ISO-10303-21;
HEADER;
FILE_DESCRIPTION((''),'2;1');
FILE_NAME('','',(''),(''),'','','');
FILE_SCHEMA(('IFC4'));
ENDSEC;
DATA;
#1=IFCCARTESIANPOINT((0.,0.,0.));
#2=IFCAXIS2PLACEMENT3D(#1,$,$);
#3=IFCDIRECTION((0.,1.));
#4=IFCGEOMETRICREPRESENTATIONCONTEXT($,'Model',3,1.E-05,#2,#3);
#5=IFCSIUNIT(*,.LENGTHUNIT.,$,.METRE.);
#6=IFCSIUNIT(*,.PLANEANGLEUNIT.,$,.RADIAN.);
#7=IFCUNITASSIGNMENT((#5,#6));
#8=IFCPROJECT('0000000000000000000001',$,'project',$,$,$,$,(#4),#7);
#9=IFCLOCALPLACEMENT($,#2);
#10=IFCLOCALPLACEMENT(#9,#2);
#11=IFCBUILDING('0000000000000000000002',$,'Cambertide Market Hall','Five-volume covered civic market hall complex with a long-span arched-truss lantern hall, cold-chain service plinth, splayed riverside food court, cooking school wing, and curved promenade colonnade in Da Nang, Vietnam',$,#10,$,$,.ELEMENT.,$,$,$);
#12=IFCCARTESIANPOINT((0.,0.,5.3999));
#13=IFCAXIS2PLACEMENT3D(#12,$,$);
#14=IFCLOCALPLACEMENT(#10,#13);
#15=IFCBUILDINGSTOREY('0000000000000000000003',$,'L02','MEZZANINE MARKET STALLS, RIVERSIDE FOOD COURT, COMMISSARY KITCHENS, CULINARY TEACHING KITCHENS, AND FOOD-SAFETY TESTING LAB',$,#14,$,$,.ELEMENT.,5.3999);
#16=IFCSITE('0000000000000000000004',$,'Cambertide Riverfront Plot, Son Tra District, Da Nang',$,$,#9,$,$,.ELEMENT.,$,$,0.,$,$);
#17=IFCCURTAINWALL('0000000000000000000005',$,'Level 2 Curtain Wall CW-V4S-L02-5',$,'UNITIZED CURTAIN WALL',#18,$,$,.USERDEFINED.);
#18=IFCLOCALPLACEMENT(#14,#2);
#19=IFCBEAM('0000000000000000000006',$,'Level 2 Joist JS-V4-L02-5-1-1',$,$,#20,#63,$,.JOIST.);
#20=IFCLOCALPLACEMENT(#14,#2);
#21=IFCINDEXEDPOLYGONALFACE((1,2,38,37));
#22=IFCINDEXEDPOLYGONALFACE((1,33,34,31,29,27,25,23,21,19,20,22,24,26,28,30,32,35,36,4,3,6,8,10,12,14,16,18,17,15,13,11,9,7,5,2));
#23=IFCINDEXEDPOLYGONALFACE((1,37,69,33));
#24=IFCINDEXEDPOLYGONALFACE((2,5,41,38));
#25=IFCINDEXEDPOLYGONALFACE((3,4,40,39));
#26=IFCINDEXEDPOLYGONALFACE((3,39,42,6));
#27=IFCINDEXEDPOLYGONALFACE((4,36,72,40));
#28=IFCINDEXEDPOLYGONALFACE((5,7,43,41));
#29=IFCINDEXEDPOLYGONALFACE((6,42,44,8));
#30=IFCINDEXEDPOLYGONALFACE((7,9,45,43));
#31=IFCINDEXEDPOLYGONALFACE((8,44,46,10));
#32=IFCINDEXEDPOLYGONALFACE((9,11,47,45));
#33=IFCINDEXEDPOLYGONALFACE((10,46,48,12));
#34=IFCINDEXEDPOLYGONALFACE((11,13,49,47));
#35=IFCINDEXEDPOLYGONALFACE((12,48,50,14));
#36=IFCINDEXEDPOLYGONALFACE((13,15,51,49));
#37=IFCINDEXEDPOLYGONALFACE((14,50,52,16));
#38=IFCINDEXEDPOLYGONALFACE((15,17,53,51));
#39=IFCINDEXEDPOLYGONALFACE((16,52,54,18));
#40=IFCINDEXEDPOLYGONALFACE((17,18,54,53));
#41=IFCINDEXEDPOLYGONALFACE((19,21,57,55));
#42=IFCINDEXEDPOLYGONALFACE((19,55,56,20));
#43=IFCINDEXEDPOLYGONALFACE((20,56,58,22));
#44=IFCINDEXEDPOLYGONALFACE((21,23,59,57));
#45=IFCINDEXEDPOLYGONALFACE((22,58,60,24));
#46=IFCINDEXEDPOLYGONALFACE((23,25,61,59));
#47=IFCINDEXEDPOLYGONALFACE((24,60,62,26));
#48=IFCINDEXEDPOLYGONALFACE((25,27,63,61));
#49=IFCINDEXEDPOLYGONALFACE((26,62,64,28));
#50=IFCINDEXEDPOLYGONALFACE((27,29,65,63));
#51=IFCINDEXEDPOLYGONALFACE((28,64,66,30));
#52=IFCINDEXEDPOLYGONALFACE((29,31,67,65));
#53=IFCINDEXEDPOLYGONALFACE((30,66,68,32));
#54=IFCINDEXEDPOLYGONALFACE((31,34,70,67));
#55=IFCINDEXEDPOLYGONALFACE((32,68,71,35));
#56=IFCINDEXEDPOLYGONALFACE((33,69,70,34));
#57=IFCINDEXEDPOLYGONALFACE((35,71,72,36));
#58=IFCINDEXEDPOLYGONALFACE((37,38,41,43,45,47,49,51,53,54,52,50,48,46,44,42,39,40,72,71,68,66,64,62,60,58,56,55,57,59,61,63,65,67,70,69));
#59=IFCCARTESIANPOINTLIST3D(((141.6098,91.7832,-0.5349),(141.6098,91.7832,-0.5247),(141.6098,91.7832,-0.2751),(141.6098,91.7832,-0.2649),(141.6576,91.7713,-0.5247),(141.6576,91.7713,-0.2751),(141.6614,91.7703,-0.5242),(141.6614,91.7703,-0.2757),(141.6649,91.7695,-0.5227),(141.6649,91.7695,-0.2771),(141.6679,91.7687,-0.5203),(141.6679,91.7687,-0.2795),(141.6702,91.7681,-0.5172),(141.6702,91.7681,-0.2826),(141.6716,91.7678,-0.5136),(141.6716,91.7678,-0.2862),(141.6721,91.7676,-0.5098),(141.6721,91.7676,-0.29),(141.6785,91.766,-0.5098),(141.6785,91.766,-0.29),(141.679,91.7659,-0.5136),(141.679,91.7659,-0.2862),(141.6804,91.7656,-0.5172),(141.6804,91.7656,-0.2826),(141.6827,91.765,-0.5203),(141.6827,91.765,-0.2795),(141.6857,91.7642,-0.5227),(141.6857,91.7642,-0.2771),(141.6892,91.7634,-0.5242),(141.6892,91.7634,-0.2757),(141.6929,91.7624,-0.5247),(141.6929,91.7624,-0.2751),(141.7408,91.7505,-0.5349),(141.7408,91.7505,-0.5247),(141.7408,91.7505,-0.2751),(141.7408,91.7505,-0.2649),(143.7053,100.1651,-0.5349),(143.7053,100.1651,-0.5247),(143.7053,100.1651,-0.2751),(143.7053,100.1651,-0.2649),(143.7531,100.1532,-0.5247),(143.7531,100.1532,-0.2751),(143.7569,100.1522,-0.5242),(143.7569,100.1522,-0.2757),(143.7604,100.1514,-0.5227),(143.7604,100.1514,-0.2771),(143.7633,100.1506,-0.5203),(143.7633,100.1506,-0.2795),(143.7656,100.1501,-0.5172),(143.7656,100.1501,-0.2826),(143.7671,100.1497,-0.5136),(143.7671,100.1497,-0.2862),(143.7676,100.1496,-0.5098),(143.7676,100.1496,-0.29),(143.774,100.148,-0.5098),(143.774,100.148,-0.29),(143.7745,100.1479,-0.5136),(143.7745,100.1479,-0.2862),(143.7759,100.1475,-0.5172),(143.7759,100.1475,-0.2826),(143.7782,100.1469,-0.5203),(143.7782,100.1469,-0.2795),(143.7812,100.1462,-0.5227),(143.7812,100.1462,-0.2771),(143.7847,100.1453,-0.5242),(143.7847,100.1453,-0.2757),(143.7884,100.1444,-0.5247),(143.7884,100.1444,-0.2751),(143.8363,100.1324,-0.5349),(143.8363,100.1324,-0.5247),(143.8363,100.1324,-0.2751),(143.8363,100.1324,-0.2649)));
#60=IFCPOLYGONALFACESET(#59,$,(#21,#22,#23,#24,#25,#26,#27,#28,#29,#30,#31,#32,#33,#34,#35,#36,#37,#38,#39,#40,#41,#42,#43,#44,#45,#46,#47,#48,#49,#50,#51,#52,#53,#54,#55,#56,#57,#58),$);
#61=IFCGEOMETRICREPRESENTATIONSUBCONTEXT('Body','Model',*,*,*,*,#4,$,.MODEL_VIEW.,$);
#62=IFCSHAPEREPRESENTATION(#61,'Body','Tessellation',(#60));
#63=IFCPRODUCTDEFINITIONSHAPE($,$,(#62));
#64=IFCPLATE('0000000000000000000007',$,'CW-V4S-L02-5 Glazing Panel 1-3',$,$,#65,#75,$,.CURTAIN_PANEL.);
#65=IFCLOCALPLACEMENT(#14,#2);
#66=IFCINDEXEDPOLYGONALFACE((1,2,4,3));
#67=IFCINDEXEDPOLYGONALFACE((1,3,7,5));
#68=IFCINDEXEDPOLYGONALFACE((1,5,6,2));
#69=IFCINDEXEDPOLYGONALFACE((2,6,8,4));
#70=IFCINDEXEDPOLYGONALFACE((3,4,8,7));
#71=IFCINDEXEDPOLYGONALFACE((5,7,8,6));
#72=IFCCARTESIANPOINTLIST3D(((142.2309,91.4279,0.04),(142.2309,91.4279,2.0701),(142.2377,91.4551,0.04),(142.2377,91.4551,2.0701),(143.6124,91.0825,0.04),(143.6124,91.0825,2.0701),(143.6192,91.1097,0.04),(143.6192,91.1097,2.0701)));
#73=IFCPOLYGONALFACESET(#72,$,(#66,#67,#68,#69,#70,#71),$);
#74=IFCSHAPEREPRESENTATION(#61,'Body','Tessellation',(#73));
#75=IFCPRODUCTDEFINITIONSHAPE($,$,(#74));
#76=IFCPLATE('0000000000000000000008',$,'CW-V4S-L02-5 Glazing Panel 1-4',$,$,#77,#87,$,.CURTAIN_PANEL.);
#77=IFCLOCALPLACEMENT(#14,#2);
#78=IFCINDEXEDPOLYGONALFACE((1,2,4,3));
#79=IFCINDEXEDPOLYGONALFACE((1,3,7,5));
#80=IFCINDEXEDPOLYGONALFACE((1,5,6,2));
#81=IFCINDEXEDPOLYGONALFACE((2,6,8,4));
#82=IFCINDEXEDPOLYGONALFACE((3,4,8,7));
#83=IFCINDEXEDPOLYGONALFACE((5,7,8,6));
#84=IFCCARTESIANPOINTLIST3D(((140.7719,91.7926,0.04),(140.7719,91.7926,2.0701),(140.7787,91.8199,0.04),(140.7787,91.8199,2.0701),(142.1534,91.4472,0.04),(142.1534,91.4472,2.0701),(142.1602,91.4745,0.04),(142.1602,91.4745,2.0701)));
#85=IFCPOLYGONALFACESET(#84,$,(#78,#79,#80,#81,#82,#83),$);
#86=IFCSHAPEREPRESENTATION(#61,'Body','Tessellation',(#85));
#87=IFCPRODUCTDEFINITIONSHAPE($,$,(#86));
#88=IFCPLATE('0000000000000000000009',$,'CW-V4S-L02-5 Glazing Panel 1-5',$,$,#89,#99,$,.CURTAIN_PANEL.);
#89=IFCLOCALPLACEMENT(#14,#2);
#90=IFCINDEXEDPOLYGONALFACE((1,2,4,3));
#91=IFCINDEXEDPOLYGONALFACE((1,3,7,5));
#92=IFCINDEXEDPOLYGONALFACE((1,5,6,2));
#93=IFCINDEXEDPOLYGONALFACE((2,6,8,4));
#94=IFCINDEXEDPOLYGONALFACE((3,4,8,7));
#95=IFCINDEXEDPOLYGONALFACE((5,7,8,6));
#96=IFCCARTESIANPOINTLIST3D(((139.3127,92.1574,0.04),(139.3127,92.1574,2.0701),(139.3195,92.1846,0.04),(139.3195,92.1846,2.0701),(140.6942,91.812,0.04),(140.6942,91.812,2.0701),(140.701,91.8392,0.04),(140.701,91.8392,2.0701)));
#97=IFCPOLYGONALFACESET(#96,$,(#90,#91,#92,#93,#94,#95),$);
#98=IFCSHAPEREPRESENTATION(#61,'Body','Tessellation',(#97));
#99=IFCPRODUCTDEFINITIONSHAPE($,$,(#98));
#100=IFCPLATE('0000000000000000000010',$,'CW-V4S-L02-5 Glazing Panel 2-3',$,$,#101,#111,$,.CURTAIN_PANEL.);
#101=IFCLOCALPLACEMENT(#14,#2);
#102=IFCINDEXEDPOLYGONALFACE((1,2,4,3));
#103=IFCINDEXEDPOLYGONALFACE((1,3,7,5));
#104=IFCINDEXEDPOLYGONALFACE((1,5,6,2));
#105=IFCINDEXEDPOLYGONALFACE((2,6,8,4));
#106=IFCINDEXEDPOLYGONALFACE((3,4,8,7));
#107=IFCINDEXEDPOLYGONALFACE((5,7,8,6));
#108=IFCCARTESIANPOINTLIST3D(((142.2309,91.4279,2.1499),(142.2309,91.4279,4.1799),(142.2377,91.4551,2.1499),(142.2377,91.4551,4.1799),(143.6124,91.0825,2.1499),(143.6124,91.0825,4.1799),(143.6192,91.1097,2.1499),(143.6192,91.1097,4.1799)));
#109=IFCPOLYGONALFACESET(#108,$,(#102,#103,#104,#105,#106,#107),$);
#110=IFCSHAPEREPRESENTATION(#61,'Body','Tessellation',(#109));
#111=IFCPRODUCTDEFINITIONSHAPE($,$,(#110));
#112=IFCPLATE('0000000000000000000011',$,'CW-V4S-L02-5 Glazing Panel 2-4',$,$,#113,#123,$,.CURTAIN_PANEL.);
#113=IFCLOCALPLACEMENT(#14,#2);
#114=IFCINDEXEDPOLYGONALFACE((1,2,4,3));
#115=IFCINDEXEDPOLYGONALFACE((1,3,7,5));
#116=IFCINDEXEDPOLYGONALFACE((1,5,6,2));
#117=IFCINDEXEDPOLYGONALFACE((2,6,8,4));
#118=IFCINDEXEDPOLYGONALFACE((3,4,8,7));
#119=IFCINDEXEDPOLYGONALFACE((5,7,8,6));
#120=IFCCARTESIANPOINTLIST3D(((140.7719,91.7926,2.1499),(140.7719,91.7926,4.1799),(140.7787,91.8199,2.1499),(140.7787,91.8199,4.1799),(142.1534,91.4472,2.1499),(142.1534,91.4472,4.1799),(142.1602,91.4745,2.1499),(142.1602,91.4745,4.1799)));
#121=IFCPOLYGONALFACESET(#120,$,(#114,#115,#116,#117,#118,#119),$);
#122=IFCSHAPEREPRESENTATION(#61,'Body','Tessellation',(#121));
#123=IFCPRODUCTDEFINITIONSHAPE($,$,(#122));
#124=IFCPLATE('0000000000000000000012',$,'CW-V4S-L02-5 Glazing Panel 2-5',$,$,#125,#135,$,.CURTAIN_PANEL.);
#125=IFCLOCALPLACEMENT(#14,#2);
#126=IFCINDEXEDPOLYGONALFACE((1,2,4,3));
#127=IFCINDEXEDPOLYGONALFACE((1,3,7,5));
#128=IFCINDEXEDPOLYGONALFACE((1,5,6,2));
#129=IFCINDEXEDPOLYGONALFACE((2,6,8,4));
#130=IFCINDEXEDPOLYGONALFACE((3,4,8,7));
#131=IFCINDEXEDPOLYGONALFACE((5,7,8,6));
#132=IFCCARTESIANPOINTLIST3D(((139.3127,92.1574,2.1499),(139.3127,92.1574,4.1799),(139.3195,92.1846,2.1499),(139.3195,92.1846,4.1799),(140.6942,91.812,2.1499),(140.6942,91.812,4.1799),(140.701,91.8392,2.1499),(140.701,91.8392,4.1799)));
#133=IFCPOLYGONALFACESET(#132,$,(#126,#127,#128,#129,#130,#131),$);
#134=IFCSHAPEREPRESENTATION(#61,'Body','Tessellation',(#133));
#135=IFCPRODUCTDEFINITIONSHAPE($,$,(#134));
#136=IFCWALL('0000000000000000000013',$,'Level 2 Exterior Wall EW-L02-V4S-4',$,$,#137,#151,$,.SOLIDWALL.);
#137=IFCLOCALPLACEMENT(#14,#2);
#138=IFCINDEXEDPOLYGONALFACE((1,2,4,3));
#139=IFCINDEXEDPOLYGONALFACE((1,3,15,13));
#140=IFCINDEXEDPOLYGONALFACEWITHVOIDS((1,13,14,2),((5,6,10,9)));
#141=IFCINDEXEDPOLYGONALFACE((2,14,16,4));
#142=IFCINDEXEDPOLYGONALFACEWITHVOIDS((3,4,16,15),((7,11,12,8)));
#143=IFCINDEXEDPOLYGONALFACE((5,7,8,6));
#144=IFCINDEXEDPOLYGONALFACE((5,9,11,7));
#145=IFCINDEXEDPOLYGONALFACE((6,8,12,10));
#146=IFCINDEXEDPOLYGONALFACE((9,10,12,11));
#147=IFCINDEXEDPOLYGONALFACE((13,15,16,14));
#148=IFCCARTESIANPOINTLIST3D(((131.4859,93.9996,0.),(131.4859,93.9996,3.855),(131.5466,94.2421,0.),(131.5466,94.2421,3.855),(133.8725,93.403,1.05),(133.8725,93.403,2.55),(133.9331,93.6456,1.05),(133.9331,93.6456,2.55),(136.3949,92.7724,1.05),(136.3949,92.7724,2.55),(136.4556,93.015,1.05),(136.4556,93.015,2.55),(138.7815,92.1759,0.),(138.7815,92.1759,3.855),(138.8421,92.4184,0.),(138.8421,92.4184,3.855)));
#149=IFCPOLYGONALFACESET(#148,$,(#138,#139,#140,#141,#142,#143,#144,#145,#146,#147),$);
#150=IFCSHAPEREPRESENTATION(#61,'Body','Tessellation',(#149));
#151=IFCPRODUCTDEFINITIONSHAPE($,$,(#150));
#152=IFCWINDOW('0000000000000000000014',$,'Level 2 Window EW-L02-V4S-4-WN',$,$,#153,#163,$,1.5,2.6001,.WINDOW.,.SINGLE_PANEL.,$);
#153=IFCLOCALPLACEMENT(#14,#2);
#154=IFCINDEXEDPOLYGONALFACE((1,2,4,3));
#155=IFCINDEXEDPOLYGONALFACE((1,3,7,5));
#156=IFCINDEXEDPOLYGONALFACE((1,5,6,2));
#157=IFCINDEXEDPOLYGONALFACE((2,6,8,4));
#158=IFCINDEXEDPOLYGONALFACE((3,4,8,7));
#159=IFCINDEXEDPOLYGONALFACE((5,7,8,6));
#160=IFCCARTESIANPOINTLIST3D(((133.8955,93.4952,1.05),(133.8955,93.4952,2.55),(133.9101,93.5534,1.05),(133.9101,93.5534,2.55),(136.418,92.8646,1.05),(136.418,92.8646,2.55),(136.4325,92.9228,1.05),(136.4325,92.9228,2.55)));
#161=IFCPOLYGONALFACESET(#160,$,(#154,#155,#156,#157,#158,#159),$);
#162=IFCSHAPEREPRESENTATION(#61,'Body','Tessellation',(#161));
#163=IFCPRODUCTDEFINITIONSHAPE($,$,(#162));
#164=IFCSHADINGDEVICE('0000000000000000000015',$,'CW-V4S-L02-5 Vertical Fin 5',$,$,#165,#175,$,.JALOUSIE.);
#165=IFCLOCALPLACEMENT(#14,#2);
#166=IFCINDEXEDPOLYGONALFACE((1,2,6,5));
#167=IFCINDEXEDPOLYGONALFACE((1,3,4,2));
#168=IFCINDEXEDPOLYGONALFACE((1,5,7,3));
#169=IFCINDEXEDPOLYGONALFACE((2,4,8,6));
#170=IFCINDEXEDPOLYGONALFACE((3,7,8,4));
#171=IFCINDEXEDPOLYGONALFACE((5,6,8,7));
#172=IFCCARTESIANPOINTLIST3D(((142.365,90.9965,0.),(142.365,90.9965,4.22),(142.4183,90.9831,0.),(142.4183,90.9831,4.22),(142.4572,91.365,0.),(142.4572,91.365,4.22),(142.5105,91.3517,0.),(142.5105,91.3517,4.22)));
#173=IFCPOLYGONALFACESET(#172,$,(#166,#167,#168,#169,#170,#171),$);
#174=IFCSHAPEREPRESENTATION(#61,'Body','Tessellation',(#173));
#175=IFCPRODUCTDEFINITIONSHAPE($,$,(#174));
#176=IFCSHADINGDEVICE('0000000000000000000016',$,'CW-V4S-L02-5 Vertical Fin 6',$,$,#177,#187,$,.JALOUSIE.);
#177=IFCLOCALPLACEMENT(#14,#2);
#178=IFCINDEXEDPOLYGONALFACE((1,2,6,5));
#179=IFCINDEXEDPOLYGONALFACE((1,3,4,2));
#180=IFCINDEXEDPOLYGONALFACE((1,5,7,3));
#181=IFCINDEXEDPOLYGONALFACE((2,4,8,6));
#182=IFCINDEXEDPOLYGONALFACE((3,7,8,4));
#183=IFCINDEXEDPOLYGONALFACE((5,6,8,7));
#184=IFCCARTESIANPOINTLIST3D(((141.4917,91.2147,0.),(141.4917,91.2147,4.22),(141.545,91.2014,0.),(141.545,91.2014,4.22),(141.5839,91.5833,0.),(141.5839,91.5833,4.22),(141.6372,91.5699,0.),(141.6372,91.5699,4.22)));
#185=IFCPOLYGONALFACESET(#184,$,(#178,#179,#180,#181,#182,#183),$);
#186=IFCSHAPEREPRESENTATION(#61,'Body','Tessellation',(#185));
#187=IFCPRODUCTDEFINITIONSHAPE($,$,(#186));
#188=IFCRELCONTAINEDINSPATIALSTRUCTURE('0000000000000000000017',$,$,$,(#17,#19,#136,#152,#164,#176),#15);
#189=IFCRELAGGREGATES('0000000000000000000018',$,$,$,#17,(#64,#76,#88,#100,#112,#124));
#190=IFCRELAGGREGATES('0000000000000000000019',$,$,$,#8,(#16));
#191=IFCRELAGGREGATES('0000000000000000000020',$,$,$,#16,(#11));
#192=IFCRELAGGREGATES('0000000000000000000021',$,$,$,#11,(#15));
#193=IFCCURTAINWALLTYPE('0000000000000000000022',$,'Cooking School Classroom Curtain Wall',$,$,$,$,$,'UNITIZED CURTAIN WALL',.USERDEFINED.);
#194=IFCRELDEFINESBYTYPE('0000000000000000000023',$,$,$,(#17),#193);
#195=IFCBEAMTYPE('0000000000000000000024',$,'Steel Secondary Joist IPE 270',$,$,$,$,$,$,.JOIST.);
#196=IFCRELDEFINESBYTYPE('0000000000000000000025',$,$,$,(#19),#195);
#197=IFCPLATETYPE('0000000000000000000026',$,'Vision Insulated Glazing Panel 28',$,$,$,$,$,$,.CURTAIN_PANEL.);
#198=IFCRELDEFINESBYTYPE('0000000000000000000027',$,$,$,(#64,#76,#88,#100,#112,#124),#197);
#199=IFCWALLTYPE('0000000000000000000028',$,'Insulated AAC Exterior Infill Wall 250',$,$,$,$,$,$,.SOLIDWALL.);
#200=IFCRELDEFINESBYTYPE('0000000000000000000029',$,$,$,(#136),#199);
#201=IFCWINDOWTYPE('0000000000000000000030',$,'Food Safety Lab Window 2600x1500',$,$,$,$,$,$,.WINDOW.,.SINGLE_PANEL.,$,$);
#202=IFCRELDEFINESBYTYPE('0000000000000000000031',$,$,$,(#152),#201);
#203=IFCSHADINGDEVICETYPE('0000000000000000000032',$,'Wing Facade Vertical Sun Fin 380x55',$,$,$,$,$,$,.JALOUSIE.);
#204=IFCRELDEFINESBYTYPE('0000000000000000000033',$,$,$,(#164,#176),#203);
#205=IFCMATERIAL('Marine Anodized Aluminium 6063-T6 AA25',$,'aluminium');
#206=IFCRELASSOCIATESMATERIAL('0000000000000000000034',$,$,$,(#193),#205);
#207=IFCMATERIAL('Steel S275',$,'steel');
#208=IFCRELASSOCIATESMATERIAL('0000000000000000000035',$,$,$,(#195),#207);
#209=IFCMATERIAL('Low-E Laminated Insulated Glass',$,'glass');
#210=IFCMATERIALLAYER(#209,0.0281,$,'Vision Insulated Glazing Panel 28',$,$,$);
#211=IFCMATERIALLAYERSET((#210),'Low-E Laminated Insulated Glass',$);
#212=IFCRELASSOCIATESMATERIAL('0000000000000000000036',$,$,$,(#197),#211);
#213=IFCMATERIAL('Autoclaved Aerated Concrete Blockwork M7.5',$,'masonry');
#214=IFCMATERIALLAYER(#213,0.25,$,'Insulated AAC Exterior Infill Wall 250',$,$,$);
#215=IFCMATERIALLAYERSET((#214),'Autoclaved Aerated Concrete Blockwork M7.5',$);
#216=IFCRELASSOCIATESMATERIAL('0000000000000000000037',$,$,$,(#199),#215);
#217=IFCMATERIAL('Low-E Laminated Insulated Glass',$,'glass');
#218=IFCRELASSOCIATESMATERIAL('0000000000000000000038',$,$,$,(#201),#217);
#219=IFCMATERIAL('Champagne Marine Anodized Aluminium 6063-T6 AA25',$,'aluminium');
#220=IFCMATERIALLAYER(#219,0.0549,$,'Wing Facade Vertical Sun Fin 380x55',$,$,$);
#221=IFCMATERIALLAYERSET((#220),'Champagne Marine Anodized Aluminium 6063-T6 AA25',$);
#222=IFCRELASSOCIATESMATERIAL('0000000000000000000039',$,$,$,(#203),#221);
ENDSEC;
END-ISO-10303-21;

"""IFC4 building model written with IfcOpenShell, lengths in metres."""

from ifc_helpers import new_model, si_unit, direction, frame, frame_2d, origin, origin_2d, place, context, subcontext, project, spatial, rectangle, i_section, extrude, material, layer, layer_set, material_profile, profile_set, type_object, element, fill, aggregate, save


model = new_model("IFC4")

# Units and contexts
model_context = context("Model", 3, precision=1e-05, world=origin(), true_north=direction((0.0, 1.0)))
body_context = subcontext(model_context, "Body", "Model", "MODEL_VIEW")
ifc_project = project(units=[si_unit("LENGTHUNIT", "METRE"), si_unit("PLANEANGLEUNIT", "RADIAN")], contexts=[model_context])

# Site, building, storey
site_placement = place(None, origin())
site = spatial("IfcSite", under=ifc_project, at=site_placement, Name="Cambertide Riverfront Plot, Son Tra District, Da Nang", CompositionType="ELEMENT", RefElevation=0.0)
building_placement = place(site_placement, origin())
building = spatial("IfcBuilding", under=site, at=building_placement, Name="Cambertide Market Hall", Description="Five-volume covered civic market hall complex with a long-span arched-truss lantern hall, cold-chain service plinth, splayed riverside food court, cooking school wing, and curved promenade colonnade in Da Nang, Vietnam", CompositionType="ELEMENT")
storey_placement = place(building_placement, frame((0.0, 0.0, 5.3999)))
storey = spatial("IfcBuildingStorey", under=building, at=storey_placement, Name="L02", Description="MEZZANINE MARKET STALLS, RIVERSIDE FOOD COURT, COMMISSARY KITCHENS, CULINARY TEACHING KITCHENS, AND FOOD-SAFETY TESTING LAB", CompositionType="ELEMENT", Elevation=5.3999)

# Curtain wall
ifc_material_1 = material(Name="Marine Anodized Aluminium 6063-T6 AA25", Category="aluminium")
curtain_wall_type = type_object("IfcCurtainWallType", Name="Cooking School Classroom Curtain Wall", ElementType="UNITIZED CURTAIN WALL", PredefinedType="USERDEFINED", material=ifc_material_1)
curtain_wall_placement = place(storey_placement, origin())
curtain_wall = element("IfcCurtainWall", 1, at=curtain_wall_placement, inside=storey, type_object=curtain_wall_type, Name="Level 2 Curtain Wall CW-V4S-L02-5", ObjectType="UNITIZED CURTAIN WALL", PredefinedType="USERDEFINED")

# Beam
ifc_material_2 = material(Name="Steel S275", Category="steel")
ifc_material_profile_1 = material_profile(ifc_material_2, i_section(OverallWidth=0.135, OverallDepth=0.27, WebThickness=0.0066, FlangeThickness=0.0103, FilletRadius=0.0149, at=origin_2d()), Name="IPE 270")
ifc_profile_set_1 = profile_set([ifc_material_profile_1], Name="Steel S275")
beam_type_1 = type_object("IfcBeamType", Name="Steel Secondary Joist IPE 270", PredefinedType="JOIST", material=ifc_profile_set_1)
beam_1_placement = place(storey_placement, frame((141.6753, 91.7668, -0.3999), z_axis=(0.242536, 0.970143, 0.0), x_axis=(-0.970143, 0.242536, 0.0)))
element("IfcBeam", 2, at=beam_1_placement, inside=storey, type_object=beam_type_1, Name="Level 2 Joist JS-V4-L02-5-1-1", PredefinedType="JOIST", context=body_context, shape_type="SweptSolid", body=[
    extrude(i_section(OverallWidth=0.135, OverallDepth=0.27, WebThickness=0.0066, FlangeThickness=0.0103, FilletRadius=0.0149, at=origin_2d()), origin(), (0.0, 0.0, 1.0), 8.6399),
])

# Plates
ifc_material_3 = material(Name="Low-E Laminated Insulated Glass", Category="glass")
ifc_layer_1 = layer(ifc_material_3, 0.0281, Name="Vision Insulated Glazing Panel 28")
ifc_layer_set_1 = layer_set([ifc_layer_1], Name="Low-E Laminated Insulated Glass")
plate_type = type_object("IfcPlateType", Name="Vision Insulated Glazing Panel 28", PredefinedType="CURTAIN_PANEL", material=ifc_layer_set_1)
plate_1_placement = place(storey_placement, frame((142.925, 91.2688, 0.04), z_axis=(0.0, 0.0, 1.0), x_axis=(-0.970143, 0.242535, 0.0)))
plate_1 = element("IfcPlate", 3, at=plate_1_placement, type_object=plate_type, Name="CW-V4S-L02-5 Glazing Panel 1-3", PredefinedType="CURTAIN_PANEL", context=body_context, shape_type="SweptSolid", body=[
    extrude(rectangle(XDim=1.4241, YDim=0.0281, at=origin_2d()), origin(), (0.0, 0.0, 1.0), 2.03),
])
plate_2_placement = place(storey_placement, frame((141.4661, 91.6335, 0.04), z_axis=(0.0, 0.0, 1.0), x_axis=(-0.970143, 0.242535, 0.0)))
plate_2 = element("IfcPlate", 4, at=plate_2_placement, type_object=plate_type, Name="CW-V4S-L02-5 Glazing Panel 1-4", PredefinedType="CURTAIN_PANEL", context=body_context, shape_type="SweptSolid", body=[
    extrude(rectangle(XDim=1.4241, YDim=0.0281, at=origin_2d()), origin(), (0.0, 0.0, 1.0), 2.03),
])
plate_3_placement = place(storey_placement, frame((140.0068, 91.9983, 0.04), z_axis=(0.0, 0.0, 1.0), x_axis=(-0.970143, 0.242535, 0.0)))
plate_3 = element("IfcPlate", 5, at=plate_3_placement, type_object=plate_type, Name="CW-V4S-L02-5 Glazing Panel 1-5", PredefinedType="CURTAIN_PANEL", context=body_context, shape_type="SweptSolid", body=[
    extrude(rectangle(XDim=1.4241, YDim=0.0281, at=origin_2d()), origin(), (0.0, 0.0, 1.0), 2.03),
])
plate_4_placement = place(storey_placement, frame((142.925, 91.2688, 2.1499), z_axis=(0.0, 0.0, 1.0), x_axis=(-0.970143, 0.242535, 0.0)))
plate_4 = element("IfcPlate", 6, at=plate_4_placement, type_object=plate_type, Name="CW-V4S-L02-5 Glazing Panel 2-3", PredefinedType="CURTAIN_PANEL", context=body_context, shape_type="SweptSolid", body=[
    extrude(rectangle(XDim=1.4241, YDim=0.0281, at=origin_2d()), origin(), (0.0, 0.0, 1.0), 2.03),
])
plate_5_placement = place(storey_placement, frame((141.4661, 91.6335, 2.1499), z_axis=(0.0, 0.0, 1.0), x_axis=(-0.970143, 0.242535, 0.0)))
plate_5 = element("IfcPlate", 7, at=plate_5_placement, type_object=plate_type, Name="CW-V4S-L02-5 Glazing Panel 2-4", PredefinedType="CURTAIN_PANEL", context=body_context, shape_type="SweptSolid", body=[
    extrude(rectangle(XDim=1.4241, YDim=0.0281, at=origin_2d()), origin(), (0.0, 0.0, 1.0), 2.03),
])
plate_6_placement = place(storey_placement, frame((140.0068, 91.9983, 2.1499), z_axis=(0.0, 0.0, 1.0), x_axis=(-0.970143, 0.242535, 0.0)))
plate_6 = element("IfcPlate", 8, at=plate_6_placement, type_object=plate_type, Name="CW-V4S-L02-5 Glazing Panel 2-5", PredefinedType="CURTAIN_PANEL", context=body_context, shape_type="SweptSolid", body=[
    extrude(rectangle(XDim=1.4241, YDim=0.0281, at=origin_2d()), origin(), (0.0, 0.0, 1.0), 2.03),
])
aggregate(curtain_wall, [plate_1, plate_2, plate_3, plate_4, plate_5, plate_6])

# Wall, opening, window
ifc_material_4 = material(Name="Autoclaved Aerated Concrete Blockwork M7.5", Category="masonry")
ifc_layer_2 = layer(ifc_material_4, 0.25, Name="Insulated AAC Exterior Infill Wall 250")
ifc_layer_set_2 = layer_set([ifc_layer_2], Name="Autoclaved Aerated Concrete Blockwork M7.5")
wall_type = type_object("IfcWallType", Name="Insulated AAC Exterior Infill Wall 250", PredefinedType="SOLIDWALL", material=ifc_layer_set_2)
wall_placement = place(storey_placement, frame((138.8118, 92.2971, 0.0), z_axis=(0.0, 0.0, 1.0), x_axis=(-0.970146, 0.24252, 0.0)))
wall = element("IfcWall", 9, at=wall_placement, inside=storey, type_object=wall_type, Name="Level 2 Exterior Wall EW-L02-V4S-4", PredefinedType="SOLIDWALL", context=body_context, shape_type="SweptSolid", body=[
    extrude(rectangle(XDim=7.52, YDim=0.25, at=frame_2d((3.76, 0.0))), origin(), (0.0, 0.0, 1.0), 3.855),
])
opening_placement = place(wall_placement, frame((2.46, 0.0, 1.05)))
opening = element("IfcOpeningElement", 10, at=opening_placement, cuts=wall, PredefinedType="OPENING", context=body_context, shape_type="SweptSolid", body=[
    extrude(rectangle(XDim=2.6001, YDim=1.5, at=frame_2d((1.3, 0.75))), frame((0.0, 0.135, 0.0), z_axis=(0.0, -1.0, 0.0), x_axis=(1.0, 0.0, 0.0)), (0.0, 0.0, 1.0), 0.27),
])
ifc_material_5 = material(Name="Low-E Laminated Insulated Glass", Category="glass")
window_type = type_object("IfcWindowType", Name="Food Safety Lab Window 2600x1500", PartitioningType="SINGLE_PANEL", PredefinedType="WINDOW", material=ifc_material_5)
window_placement = place(opening_placement, origin())
window = element("IfcWindow", 11, at=window_placement, inside=storey, type_object=window_type, Name="Level 2 Window EW-L02-V4S-4-WN", OverallHeight=1.5, OverallWidth=2.6001, PartitioningType="SINGLE_PANEL", PredefinedType="WINDOW", context=body_context, shape_type="SweptSolid", body=[
    extrude(rectangle(XDim=2.6001, YDim=1.5, at=frame_2d((1.3, 0.75))), frame((0.0, 0.03, 0.0), z_axis=(0.0, -1.0, 0.0), x_axis=(1.0, 0.0, 0.0)), (0.0, 0.0, 1.0), 0.0601),
])
fill(opening, window)

# Shading devices
ifc_material_6 = material(Name="Champagne Marine Anodized Aluminium 6063-T6 AA25", Category="aluminium")
ifc_layer_3 = layer(ifc_material_6, 0.0549, Name="Wing Facade Vertical Sun Fin 380x55")
ifc_layer_set_3 = layer_set([ifc_layer_3], Name="Champagne Marine Anodized Aluminium 6063-T6 AA25")
shading_device_type = type_object("IfcShadingDeviceType", Name="Wing Facade Vertical Sun Fin 380x55", PredefinedType="JALOUSIE", material=ifc_layer_set_3)
for number, where, z_axis, x_axis, name in (
    (12, (142.4377, 91.1741, 0.0), (0.0, 0.0, 1.0), (-0.970143, 0.242535, 0.0), "CW-V4S-L02-5 Vertical Fin 5"),
    (13, (141.5645, 91.3923, 0.0), (0.0, 0.0, 1.0), (-0.970143, 0.242535, 0.0), "CW-V4S-L02-5 Vertical Fin 6"),
):
    element("IfcShadingDevice", number, at=place(storey_placement, frame(where, z_axis=z_axis, x_axis=x_axis)), inside=storey, type_object=shading_device_type, Name=name, PredefinedType="JALOUSIE", context=body_context, shape_type="SweptSolid", body=[
        extrude(rectangle(XDim=0.0549, YDim=0.3799, at=origin_2d()), origin(), (0.0, 0.0, 1.0), 4.22),
    ])

save(model, "model.ifc")
